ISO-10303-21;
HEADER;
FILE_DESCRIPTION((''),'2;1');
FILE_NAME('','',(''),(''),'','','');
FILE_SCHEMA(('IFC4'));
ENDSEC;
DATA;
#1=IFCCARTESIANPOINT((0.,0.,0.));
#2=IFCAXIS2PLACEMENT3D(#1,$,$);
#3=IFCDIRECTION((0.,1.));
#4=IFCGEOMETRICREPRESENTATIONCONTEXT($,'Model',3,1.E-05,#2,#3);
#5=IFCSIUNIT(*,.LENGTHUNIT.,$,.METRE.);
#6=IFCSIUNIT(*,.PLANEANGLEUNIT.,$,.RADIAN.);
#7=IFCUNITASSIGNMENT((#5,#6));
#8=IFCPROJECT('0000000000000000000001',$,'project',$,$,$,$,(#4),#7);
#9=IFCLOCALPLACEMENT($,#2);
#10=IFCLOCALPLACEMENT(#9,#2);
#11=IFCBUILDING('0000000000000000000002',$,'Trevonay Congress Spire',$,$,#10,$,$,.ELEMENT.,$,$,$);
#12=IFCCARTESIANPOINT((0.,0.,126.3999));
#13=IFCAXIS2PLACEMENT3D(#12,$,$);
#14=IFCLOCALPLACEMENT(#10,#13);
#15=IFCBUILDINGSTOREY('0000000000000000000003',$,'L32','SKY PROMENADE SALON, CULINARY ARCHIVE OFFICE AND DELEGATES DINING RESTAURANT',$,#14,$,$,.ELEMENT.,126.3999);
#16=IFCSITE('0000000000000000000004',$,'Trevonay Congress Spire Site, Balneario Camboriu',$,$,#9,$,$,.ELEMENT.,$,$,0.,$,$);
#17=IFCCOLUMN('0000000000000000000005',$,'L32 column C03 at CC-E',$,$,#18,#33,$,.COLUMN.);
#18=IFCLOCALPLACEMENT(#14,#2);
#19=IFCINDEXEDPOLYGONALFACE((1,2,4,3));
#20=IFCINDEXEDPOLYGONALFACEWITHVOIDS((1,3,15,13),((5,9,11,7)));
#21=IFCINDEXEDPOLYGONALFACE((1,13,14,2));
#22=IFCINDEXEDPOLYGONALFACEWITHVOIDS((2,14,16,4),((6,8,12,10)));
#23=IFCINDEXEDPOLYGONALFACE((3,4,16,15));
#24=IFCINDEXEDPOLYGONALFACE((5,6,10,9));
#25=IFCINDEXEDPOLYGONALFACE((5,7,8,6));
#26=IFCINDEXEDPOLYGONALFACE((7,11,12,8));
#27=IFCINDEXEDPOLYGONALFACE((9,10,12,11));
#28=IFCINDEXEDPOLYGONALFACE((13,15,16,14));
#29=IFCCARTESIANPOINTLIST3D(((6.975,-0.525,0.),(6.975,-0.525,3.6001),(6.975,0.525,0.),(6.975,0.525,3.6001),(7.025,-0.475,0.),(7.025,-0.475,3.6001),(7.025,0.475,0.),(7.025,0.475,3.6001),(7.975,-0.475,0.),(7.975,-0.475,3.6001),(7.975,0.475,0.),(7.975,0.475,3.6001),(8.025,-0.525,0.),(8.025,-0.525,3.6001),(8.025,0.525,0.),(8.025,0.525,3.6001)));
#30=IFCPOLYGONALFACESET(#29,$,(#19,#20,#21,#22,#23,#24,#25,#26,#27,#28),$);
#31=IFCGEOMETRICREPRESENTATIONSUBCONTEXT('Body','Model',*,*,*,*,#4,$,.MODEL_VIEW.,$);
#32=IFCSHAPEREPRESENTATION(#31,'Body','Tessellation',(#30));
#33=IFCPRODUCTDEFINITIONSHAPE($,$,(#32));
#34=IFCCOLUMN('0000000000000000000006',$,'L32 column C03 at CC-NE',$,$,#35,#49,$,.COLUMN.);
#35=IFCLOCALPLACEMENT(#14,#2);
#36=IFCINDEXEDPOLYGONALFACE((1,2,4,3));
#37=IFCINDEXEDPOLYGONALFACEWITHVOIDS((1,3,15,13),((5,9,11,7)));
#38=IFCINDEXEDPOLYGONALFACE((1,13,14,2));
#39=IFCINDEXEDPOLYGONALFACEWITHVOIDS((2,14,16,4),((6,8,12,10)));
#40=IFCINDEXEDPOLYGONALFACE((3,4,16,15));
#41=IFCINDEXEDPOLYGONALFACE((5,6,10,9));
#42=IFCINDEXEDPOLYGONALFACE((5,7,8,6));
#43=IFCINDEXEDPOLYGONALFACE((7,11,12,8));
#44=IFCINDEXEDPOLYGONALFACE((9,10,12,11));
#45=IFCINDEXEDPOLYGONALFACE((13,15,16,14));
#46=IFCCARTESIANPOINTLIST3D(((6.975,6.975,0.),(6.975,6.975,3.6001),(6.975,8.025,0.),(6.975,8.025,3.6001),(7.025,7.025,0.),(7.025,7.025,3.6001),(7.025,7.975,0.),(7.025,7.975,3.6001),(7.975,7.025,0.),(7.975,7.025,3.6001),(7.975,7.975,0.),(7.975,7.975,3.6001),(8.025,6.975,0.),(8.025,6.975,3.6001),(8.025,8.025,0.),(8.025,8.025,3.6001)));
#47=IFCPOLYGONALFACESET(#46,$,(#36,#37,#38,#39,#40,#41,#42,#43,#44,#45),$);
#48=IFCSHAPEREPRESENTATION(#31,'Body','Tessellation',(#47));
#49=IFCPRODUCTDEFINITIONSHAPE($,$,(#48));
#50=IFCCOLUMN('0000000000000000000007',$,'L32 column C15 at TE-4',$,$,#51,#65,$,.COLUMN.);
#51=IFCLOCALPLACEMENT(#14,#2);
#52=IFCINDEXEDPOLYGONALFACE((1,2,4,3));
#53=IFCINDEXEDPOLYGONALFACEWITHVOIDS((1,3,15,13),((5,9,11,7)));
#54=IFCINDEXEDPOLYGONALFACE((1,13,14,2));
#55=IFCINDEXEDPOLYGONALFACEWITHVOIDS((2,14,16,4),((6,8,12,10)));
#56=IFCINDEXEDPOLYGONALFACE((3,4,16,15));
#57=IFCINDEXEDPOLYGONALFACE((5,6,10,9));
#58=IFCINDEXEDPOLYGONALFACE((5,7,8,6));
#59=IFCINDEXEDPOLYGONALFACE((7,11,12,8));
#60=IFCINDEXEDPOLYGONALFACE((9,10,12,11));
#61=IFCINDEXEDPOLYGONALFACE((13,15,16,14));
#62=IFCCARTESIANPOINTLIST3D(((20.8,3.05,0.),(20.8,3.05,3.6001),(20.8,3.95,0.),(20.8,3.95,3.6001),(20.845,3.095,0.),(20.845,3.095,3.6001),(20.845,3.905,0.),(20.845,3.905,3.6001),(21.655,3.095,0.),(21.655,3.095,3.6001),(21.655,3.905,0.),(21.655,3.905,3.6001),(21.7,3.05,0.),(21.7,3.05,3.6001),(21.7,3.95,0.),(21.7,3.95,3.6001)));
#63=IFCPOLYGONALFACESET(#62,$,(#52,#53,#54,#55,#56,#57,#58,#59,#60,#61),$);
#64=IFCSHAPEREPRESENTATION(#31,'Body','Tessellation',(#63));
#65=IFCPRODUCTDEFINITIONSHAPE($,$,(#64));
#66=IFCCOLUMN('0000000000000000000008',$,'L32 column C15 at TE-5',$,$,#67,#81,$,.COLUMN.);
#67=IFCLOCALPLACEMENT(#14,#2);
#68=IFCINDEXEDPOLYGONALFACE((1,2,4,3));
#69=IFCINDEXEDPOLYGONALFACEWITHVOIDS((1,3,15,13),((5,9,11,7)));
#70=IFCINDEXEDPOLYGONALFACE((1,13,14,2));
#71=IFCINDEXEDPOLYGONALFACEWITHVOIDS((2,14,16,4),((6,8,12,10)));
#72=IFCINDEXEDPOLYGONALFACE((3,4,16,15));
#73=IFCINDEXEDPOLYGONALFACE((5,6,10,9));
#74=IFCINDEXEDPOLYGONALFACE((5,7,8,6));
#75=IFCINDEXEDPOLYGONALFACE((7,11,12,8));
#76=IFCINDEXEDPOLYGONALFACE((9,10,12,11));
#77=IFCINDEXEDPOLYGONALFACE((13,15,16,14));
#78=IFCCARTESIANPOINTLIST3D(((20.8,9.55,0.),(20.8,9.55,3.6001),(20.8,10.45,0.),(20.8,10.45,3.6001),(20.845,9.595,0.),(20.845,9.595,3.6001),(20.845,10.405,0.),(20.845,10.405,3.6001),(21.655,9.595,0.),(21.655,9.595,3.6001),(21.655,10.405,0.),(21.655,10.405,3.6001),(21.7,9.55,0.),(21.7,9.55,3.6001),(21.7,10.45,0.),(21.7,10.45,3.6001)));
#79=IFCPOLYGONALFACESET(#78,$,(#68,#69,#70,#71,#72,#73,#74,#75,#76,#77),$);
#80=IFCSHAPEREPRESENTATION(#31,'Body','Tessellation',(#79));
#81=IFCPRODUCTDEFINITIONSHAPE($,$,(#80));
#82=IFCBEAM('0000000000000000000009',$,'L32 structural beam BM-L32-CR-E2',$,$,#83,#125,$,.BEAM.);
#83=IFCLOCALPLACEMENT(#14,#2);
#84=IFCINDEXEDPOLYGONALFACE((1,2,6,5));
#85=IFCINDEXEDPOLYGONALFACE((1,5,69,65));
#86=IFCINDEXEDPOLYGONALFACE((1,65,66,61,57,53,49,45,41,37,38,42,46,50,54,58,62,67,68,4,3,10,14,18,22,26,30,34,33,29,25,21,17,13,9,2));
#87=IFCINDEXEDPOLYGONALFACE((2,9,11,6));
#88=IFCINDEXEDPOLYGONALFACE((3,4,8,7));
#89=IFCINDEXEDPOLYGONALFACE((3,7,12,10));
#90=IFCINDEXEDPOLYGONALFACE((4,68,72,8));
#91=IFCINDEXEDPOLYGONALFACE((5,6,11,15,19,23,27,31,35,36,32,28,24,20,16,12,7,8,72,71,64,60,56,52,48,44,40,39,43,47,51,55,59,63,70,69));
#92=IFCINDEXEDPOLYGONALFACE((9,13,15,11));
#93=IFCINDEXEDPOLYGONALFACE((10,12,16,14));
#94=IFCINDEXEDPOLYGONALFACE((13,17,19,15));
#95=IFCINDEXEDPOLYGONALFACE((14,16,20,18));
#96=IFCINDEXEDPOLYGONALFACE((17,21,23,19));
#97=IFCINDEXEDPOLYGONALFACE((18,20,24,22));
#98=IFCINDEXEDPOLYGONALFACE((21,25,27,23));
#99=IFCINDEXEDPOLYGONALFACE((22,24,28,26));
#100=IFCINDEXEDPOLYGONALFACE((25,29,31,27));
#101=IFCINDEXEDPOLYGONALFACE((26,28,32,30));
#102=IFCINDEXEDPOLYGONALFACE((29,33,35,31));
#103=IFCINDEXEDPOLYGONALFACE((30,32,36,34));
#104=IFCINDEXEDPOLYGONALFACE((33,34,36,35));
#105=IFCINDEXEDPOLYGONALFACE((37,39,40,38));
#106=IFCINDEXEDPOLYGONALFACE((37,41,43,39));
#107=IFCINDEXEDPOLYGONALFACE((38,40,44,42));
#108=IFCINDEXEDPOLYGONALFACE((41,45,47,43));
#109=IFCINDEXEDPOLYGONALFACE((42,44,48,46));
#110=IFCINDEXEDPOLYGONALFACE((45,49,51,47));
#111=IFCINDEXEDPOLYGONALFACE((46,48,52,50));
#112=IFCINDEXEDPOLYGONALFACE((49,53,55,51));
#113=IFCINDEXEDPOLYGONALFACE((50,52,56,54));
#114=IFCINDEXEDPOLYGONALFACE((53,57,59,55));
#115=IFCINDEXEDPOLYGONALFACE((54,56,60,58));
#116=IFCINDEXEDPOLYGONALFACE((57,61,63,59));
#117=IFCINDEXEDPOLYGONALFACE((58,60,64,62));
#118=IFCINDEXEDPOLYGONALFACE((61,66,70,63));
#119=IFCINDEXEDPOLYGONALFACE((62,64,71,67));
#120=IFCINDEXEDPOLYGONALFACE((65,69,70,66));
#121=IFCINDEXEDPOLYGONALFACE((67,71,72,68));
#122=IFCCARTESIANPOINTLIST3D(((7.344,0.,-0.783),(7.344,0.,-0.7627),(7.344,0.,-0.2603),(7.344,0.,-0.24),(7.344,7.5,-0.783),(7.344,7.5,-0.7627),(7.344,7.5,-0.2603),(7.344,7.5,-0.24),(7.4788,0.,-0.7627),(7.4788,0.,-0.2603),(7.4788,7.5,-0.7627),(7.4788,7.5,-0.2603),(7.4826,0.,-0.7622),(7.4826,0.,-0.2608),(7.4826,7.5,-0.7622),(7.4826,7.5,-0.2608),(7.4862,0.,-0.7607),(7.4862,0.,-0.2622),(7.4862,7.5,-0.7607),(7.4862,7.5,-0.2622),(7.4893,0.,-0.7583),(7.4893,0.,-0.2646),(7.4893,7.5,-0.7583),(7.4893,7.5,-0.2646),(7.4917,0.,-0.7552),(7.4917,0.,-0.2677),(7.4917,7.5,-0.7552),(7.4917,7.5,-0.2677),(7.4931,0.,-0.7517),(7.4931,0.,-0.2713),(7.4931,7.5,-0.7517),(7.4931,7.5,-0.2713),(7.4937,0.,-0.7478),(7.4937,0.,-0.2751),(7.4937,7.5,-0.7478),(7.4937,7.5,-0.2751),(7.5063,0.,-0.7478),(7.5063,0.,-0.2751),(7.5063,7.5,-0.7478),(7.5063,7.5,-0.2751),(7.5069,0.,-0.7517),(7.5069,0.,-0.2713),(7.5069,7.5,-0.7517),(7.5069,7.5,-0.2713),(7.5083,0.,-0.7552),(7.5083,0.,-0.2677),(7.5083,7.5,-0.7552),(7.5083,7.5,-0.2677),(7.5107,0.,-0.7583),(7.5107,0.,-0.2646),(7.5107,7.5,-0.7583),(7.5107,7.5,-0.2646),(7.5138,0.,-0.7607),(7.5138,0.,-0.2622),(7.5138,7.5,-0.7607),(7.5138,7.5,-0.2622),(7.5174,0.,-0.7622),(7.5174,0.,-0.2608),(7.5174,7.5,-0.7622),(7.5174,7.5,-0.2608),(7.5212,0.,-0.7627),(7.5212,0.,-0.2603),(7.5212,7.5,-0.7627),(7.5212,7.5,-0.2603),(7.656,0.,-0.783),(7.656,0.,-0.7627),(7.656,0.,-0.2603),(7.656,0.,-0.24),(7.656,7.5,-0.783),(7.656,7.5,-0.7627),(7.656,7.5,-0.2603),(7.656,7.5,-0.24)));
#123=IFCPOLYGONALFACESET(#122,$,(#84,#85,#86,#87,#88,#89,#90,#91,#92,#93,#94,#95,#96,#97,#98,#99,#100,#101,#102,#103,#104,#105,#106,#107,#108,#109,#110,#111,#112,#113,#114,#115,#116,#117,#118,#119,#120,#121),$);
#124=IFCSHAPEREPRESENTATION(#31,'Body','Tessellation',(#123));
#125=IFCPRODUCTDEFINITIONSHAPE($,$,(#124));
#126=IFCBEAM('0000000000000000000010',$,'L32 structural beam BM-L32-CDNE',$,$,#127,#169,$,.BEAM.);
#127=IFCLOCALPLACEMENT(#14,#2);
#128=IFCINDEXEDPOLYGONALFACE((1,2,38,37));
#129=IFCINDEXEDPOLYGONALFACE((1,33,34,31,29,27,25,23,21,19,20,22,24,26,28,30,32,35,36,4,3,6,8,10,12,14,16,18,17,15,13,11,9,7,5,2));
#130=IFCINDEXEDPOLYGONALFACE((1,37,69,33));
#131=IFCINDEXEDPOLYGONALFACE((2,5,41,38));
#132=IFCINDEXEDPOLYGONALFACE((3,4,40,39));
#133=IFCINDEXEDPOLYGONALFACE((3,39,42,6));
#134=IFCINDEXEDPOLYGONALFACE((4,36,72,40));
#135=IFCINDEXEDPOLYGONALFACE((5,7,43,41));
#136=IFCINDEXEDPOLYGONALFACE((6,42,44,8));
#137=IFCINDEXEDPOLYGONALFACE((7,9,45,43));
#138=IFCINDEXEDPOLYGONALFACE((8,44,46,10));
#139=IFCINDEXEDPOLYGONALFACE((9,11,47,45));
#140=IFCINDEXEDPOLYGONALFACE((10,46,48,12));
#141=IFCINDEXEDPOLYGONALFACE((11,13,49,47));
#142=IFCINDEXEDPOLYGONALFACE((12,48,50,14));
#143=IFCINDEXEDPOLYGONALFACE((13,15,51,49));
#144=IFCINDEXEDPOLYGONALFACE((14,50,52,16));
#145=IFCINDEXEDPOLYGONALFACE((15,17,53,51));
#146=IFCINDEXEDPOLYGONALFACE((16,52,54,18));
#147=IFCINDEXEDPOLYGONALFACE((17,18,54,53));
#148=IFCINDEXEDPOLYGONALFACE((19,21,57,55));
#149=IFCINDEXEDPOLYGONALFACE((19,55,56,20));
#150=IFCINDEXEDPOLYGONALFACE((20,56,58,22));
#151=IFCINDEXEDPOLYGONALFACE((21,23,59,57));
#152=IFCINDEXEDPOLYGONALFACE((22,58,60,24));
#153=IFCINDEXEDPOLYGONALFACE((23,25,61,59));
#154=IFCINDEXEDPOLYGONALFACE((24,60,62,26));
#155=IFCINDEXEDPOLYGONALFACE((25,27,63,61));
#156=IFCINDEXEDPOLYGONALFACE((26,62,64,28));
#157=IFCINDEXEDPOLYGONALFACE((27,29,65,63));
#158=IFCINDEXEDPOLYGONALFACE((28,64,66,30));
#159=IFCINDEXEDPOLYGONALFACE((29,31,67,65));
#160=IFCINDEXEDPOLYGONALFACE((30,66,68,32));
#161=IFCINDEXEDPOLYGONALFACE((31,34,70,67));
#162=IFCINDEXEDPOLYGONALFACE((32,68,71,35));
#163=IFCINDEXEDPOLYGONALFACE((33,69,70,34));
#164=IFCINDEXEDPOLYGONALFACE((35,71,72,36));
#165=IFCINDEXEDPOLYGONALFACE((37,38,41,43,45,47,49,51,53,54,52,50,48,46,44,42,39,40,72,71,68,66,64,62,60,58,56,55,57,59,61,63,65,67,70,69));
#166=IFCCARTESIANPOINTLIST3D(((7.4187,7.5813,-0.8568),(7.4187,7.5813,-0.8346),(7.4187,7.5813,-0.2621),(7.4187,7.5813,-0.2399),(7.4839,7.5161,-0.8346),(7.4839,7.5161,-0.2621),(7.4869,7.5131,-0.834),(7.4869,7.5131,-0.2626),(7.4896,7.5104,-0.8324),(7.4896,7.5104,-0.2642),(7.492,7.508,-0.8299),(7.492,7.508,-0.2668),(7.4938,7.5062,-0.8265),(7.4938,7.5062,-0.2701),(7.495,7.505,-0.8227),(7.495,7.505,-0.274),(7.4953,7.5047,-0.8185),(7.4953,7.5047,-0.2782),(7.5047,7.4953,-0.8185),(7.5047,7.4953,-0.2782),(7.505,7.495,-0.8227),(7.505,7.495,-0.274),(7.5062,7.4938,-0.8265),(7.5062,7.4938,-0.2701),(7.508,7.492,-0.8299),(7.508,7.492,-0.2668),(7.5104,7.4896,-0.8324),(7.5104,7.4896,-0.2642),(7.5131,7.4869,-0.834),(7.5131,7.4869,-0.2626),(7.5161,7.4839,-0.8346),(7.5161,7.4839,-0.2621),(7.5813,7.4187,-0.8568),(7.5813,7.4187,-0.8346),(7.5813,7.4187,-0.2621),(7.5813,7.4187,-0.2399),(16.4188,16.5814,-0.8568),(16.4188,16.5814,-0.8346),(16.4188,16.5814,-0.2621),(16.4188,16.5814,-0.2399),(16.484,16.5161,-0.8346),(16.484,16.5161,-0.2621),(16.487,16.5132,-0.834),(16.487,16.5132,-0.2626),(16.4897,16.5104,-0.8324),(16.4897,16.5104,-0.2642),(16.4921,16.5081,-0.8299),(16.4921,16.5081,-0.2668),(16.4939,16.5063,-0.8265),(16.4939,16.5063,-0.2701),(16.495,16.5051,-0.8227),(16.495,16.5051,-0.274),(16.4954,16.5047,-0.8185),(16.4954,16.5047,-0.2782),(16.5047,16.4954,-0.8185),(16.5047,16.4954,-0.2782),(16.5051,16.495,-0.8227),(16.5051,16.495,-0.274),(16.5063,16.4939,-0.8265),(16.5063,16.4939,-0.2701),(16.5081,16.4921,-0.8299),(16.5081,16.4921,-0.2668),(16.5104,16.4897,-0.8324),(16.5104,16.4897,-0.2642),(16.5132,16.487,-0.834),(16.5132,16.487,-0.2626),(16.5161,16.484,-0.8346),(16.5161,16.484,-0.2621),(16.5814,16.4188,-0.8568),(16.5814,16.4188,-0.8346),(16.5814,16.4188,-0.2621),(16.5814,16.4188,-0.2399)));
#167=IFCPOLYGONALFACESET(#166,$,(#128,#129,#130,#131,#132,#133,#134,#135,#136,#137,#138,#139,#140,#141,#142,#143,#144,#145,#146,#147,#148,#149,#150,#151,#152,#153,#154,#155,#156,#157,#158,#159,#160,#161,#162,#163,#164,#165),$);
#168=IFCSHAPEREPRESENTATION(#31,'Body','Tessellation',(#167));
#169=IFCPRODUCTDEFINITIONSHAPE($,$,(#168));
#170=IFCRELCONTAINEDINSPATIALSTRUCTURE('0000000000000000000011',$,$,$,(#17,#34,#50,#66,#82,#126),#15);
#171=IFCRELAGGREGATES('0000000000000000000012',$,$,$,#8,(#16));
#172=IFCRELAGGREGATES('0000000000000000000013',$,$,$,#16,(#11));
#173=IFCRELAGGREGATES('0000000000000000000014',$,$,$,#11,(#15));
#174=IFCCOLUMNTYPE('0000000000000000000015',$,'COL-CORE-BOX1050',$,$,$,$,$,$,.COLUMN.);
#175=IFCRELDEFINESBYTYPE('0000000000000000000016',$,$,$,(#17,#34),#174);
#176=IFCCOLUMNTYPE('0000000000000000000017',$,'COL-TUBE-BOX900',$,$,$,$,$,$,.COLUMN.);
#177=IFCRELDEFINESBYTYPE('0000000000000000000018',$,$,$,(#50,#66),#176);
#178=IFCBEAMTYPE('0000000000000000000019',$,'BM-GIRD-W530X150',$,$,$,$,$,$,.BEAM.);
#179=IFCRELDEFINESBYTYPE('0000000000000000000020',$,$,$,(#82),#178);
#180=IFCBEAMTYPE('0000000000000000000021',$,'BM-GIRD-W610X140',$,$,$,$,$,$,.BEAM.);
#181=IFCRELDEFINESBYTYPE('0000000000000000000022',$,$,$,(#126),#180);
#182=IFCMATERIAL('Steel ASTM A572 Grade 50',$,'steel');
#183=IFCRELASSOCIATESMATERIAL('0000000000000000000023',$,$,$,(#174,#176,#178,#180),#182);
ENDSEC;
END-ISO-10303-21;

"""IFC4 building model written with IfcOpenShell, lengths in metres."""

from ifc_helpers import new_model, si_unit, direction, frame, origin, origin_2d, place, context, subcontext, project, spatial, hollow_rectangle, i_section, extrude, material, material_profile, profile_set, type_object, element, save


model = new_model("IFC4")

# Units and contexts
model_context = context("Model", 3, precision=1e-05, world=origin(), true_north=direction((0.0, 1.0)))
body_context = subcontext(model_context, "Body", "Model", "MODEL_VIEW")
ifc_project = project(units=[si_unit("LENGTHUNIT", "METRE"), si_unit("PLANEANGLEUNIT", "RADIAN")], contexts=[model_context])

# Site, building, storey
site_placement = place(None, origin())
site = spatial("IfcSite", under=ifc_project, at=site_placement, Name="Trevonay Congress Spire Site, Balneario Camboriu", CompositionType="ELEMENT", RefElevation=0.0)
building_placement = place(site_placement, origin())
building = spatial("IfcBuilding", under=site, at=building_placement, Name="Trevonay Congress Spire", CompositionType="ELEMENT")
storey_placement = place(building_placement, frame((0.0, 0.0, 126.3999)))
storey = spatial("IfcBuildingStorey", under=building, at=storey_placement, Name="L32", Description="SKY PROMENADE SALON, CULINARY ARCHIVE OFFICE AND DELEGATES DINING RESTAURANT", CompositionType="ELEMENT", Elevation=126.3999)

# Columns
ifc_material_1 = material(Name="Steel ASTM A572 Grade 50", Category="steel")
ifc_material_profile_1 = material_profile(ifc_material_1, hollow_rectangle(XDim=1.05, YDim=1.05, WallThickness=0.05, at=origin_2d()), Name="BOX 1050x1050x50")
ifc_profile_set_1 = profile_set([ifc_material_profile_1], Name="Steel ASTM A572 Grade 50")
column_type_1 = type_object("IfcColumnType", Name="COL-CORE-BOX1050", PredefinedType="COLUMN", material=ifc_profile_set_1)
for number, where, z_axis, x_axis, name in (
    (1, (7.5, 0.0, 0.0), (0.0, 0.0, 1.0), (1.0, 0.0, 0.0), "L32 column C03 at CC-E"),
    (2, (7.5, 7.5, 0.0), (0.0, 0.0, 1.0), (1.0, 0.0, 0.0), "L32 column C03 at CC-NE"),
):
    element("IfcColumn", number, at=place(storey_placement, frame(where, z_axis=z_axis, x_axis=x_axis)), inside=storey, type_object=column_type_1, Name=name, PredefinedType="COLUMN", context=body_context, shape_type="SweptSolid", body=[
        extrude(hollow_rectangle(XDim=1.05, YDim=1.05, WallThickness=0.05, at=origin_2d()), origin(), (0.0, 0.0, 1.0), 3.6001),
    ])
ifc_material_profile_2 = material_profile(ifc_material_1, hollow_rectangle(XDim=0.8999, YDim=0.8999, WallThickness=0.0449, at=origin_2d()), Name="BOX 900x900x45")
ifc_profile_set_2 = profile_set([ifc_material_profile_2], Name="Steel ASTM A572 Grade 50")
column_type_2 = type_object("IfcColumnType", Name="COL-TUBE-BOX900", PredefinedType="COLUMN", material=ifc_profile_set_2)
for number, where, z_axis, x_axis, name in (
    (3, (21.25, 3.5, 0.0), (0.0, 0.0, 1.0), (1.0, 0.0, 0.0), "L32 column C15 at TE-4"),
    (4, (21.25, 10.0, 0.0), (0.0, 0.0, 1.0), (1.0, 0.0, 0.0), "L32 column C15 at TE-5"),
):
    element("IfcColumn", number, at=place(storey_placement, frame(where, z_axis=z_axis, x_axis=x_axis)), inside=storey, type_object=column_type_2, Name=name, PredefinedType="COLUMN", context=body_context, shape_type="SweptSolid", body=[
        extrude(hollow_rectangle(XDim=0.8999, YDim=0.8999, WallThickness=0.0449, at=origin_2d()), origin(), (0.0, 0.0, 1.0), 3.6001),
    ])

# Beams
ifc_material_profile_3 = material_profile(ifc_material_1, i_section(OverallWidth=0.312, OverallDepth=0.543, WebThickness=0.0127, FlangeThickness=0.0203, FilletRadius=0.0149, at=origin_2d()), Name="W530x150")
ifc_profile_set_3 = profile_set([ifc_material_profile_3], Name="Steel ASTM A572 Grade 50")
beam_type_1 = type_object("IfcBeamType", Name="BM-GIRD-W530X150", PredefinedType="BEAM", material=ifc_profile_set_3)
beam_1_placement = place(storey_placement, frame((7.5, 0.0, -0.5115), z_axis=(0.0, 1.0, 0.0), x_axis=(-1.0, 0.0, 0.0)))
element("IfcBeam", 5, at=beam_1_placement, inside=storey, type_object=beam_type_1, Name="L32 structural beam BM-L32-CR-E2", PredefinedType="BEAM", context=body_context, shape_type="SweptSolid", body=[
    extrude(i_section(OverallWidth=0.312, OverallDepth=0.543, WebThickness=0.0127, FlangeThickness=0.0203, FilletRadius=0.0149, at=origin_2d()), origin(), (0.0, 0.0, 1.0), 7.5),
])
ifc_material_profile_4 = material_profile(ifc_material_1, i_section(OverallWidth=0.23, OverallDepth=0.6169, WebThickness=0.0132, FlangeThickness=0.0222, FilletRadius=0.0161, at=origin_2d()), Name="W610x140")
ifc_profile_set_4 = profile_set([ifc_material_profile_4], Name="Steel ASTM A572 Grade 50")
beam_type_2 = type_object("IfcBeamType", Name="BM-GIRD-W610X140", PredefinedType="BEAM", material=ifc_profile_set_4)
beam_2_placement = place(storey_placement, frame((7.5, 7.5, -0.5483), z_axis=(0.707107, 0.707107, 0.0), x_axis=(-0.707107, 0.707107, 0.0)))
element("IfcBeam", 6, at=beam_2_placement, inside=storey, type_object=beam_type_2, Name="L32 structural beam BM-L32-CDNE", PredefinedType="BEAM", context=body_context, shape_type="SweptSolid", body=[
    extrude(i_section(OverallWidth=0.23, OverallDepth=0.6169, WebThickness=0.0132, FlangeThickness=0.0222, FilletRadius=0.0161, at=origin_2d()), origin(), (0.0, 0.0, 1.0), 12.728),
])

save(model, "model.ifc")
